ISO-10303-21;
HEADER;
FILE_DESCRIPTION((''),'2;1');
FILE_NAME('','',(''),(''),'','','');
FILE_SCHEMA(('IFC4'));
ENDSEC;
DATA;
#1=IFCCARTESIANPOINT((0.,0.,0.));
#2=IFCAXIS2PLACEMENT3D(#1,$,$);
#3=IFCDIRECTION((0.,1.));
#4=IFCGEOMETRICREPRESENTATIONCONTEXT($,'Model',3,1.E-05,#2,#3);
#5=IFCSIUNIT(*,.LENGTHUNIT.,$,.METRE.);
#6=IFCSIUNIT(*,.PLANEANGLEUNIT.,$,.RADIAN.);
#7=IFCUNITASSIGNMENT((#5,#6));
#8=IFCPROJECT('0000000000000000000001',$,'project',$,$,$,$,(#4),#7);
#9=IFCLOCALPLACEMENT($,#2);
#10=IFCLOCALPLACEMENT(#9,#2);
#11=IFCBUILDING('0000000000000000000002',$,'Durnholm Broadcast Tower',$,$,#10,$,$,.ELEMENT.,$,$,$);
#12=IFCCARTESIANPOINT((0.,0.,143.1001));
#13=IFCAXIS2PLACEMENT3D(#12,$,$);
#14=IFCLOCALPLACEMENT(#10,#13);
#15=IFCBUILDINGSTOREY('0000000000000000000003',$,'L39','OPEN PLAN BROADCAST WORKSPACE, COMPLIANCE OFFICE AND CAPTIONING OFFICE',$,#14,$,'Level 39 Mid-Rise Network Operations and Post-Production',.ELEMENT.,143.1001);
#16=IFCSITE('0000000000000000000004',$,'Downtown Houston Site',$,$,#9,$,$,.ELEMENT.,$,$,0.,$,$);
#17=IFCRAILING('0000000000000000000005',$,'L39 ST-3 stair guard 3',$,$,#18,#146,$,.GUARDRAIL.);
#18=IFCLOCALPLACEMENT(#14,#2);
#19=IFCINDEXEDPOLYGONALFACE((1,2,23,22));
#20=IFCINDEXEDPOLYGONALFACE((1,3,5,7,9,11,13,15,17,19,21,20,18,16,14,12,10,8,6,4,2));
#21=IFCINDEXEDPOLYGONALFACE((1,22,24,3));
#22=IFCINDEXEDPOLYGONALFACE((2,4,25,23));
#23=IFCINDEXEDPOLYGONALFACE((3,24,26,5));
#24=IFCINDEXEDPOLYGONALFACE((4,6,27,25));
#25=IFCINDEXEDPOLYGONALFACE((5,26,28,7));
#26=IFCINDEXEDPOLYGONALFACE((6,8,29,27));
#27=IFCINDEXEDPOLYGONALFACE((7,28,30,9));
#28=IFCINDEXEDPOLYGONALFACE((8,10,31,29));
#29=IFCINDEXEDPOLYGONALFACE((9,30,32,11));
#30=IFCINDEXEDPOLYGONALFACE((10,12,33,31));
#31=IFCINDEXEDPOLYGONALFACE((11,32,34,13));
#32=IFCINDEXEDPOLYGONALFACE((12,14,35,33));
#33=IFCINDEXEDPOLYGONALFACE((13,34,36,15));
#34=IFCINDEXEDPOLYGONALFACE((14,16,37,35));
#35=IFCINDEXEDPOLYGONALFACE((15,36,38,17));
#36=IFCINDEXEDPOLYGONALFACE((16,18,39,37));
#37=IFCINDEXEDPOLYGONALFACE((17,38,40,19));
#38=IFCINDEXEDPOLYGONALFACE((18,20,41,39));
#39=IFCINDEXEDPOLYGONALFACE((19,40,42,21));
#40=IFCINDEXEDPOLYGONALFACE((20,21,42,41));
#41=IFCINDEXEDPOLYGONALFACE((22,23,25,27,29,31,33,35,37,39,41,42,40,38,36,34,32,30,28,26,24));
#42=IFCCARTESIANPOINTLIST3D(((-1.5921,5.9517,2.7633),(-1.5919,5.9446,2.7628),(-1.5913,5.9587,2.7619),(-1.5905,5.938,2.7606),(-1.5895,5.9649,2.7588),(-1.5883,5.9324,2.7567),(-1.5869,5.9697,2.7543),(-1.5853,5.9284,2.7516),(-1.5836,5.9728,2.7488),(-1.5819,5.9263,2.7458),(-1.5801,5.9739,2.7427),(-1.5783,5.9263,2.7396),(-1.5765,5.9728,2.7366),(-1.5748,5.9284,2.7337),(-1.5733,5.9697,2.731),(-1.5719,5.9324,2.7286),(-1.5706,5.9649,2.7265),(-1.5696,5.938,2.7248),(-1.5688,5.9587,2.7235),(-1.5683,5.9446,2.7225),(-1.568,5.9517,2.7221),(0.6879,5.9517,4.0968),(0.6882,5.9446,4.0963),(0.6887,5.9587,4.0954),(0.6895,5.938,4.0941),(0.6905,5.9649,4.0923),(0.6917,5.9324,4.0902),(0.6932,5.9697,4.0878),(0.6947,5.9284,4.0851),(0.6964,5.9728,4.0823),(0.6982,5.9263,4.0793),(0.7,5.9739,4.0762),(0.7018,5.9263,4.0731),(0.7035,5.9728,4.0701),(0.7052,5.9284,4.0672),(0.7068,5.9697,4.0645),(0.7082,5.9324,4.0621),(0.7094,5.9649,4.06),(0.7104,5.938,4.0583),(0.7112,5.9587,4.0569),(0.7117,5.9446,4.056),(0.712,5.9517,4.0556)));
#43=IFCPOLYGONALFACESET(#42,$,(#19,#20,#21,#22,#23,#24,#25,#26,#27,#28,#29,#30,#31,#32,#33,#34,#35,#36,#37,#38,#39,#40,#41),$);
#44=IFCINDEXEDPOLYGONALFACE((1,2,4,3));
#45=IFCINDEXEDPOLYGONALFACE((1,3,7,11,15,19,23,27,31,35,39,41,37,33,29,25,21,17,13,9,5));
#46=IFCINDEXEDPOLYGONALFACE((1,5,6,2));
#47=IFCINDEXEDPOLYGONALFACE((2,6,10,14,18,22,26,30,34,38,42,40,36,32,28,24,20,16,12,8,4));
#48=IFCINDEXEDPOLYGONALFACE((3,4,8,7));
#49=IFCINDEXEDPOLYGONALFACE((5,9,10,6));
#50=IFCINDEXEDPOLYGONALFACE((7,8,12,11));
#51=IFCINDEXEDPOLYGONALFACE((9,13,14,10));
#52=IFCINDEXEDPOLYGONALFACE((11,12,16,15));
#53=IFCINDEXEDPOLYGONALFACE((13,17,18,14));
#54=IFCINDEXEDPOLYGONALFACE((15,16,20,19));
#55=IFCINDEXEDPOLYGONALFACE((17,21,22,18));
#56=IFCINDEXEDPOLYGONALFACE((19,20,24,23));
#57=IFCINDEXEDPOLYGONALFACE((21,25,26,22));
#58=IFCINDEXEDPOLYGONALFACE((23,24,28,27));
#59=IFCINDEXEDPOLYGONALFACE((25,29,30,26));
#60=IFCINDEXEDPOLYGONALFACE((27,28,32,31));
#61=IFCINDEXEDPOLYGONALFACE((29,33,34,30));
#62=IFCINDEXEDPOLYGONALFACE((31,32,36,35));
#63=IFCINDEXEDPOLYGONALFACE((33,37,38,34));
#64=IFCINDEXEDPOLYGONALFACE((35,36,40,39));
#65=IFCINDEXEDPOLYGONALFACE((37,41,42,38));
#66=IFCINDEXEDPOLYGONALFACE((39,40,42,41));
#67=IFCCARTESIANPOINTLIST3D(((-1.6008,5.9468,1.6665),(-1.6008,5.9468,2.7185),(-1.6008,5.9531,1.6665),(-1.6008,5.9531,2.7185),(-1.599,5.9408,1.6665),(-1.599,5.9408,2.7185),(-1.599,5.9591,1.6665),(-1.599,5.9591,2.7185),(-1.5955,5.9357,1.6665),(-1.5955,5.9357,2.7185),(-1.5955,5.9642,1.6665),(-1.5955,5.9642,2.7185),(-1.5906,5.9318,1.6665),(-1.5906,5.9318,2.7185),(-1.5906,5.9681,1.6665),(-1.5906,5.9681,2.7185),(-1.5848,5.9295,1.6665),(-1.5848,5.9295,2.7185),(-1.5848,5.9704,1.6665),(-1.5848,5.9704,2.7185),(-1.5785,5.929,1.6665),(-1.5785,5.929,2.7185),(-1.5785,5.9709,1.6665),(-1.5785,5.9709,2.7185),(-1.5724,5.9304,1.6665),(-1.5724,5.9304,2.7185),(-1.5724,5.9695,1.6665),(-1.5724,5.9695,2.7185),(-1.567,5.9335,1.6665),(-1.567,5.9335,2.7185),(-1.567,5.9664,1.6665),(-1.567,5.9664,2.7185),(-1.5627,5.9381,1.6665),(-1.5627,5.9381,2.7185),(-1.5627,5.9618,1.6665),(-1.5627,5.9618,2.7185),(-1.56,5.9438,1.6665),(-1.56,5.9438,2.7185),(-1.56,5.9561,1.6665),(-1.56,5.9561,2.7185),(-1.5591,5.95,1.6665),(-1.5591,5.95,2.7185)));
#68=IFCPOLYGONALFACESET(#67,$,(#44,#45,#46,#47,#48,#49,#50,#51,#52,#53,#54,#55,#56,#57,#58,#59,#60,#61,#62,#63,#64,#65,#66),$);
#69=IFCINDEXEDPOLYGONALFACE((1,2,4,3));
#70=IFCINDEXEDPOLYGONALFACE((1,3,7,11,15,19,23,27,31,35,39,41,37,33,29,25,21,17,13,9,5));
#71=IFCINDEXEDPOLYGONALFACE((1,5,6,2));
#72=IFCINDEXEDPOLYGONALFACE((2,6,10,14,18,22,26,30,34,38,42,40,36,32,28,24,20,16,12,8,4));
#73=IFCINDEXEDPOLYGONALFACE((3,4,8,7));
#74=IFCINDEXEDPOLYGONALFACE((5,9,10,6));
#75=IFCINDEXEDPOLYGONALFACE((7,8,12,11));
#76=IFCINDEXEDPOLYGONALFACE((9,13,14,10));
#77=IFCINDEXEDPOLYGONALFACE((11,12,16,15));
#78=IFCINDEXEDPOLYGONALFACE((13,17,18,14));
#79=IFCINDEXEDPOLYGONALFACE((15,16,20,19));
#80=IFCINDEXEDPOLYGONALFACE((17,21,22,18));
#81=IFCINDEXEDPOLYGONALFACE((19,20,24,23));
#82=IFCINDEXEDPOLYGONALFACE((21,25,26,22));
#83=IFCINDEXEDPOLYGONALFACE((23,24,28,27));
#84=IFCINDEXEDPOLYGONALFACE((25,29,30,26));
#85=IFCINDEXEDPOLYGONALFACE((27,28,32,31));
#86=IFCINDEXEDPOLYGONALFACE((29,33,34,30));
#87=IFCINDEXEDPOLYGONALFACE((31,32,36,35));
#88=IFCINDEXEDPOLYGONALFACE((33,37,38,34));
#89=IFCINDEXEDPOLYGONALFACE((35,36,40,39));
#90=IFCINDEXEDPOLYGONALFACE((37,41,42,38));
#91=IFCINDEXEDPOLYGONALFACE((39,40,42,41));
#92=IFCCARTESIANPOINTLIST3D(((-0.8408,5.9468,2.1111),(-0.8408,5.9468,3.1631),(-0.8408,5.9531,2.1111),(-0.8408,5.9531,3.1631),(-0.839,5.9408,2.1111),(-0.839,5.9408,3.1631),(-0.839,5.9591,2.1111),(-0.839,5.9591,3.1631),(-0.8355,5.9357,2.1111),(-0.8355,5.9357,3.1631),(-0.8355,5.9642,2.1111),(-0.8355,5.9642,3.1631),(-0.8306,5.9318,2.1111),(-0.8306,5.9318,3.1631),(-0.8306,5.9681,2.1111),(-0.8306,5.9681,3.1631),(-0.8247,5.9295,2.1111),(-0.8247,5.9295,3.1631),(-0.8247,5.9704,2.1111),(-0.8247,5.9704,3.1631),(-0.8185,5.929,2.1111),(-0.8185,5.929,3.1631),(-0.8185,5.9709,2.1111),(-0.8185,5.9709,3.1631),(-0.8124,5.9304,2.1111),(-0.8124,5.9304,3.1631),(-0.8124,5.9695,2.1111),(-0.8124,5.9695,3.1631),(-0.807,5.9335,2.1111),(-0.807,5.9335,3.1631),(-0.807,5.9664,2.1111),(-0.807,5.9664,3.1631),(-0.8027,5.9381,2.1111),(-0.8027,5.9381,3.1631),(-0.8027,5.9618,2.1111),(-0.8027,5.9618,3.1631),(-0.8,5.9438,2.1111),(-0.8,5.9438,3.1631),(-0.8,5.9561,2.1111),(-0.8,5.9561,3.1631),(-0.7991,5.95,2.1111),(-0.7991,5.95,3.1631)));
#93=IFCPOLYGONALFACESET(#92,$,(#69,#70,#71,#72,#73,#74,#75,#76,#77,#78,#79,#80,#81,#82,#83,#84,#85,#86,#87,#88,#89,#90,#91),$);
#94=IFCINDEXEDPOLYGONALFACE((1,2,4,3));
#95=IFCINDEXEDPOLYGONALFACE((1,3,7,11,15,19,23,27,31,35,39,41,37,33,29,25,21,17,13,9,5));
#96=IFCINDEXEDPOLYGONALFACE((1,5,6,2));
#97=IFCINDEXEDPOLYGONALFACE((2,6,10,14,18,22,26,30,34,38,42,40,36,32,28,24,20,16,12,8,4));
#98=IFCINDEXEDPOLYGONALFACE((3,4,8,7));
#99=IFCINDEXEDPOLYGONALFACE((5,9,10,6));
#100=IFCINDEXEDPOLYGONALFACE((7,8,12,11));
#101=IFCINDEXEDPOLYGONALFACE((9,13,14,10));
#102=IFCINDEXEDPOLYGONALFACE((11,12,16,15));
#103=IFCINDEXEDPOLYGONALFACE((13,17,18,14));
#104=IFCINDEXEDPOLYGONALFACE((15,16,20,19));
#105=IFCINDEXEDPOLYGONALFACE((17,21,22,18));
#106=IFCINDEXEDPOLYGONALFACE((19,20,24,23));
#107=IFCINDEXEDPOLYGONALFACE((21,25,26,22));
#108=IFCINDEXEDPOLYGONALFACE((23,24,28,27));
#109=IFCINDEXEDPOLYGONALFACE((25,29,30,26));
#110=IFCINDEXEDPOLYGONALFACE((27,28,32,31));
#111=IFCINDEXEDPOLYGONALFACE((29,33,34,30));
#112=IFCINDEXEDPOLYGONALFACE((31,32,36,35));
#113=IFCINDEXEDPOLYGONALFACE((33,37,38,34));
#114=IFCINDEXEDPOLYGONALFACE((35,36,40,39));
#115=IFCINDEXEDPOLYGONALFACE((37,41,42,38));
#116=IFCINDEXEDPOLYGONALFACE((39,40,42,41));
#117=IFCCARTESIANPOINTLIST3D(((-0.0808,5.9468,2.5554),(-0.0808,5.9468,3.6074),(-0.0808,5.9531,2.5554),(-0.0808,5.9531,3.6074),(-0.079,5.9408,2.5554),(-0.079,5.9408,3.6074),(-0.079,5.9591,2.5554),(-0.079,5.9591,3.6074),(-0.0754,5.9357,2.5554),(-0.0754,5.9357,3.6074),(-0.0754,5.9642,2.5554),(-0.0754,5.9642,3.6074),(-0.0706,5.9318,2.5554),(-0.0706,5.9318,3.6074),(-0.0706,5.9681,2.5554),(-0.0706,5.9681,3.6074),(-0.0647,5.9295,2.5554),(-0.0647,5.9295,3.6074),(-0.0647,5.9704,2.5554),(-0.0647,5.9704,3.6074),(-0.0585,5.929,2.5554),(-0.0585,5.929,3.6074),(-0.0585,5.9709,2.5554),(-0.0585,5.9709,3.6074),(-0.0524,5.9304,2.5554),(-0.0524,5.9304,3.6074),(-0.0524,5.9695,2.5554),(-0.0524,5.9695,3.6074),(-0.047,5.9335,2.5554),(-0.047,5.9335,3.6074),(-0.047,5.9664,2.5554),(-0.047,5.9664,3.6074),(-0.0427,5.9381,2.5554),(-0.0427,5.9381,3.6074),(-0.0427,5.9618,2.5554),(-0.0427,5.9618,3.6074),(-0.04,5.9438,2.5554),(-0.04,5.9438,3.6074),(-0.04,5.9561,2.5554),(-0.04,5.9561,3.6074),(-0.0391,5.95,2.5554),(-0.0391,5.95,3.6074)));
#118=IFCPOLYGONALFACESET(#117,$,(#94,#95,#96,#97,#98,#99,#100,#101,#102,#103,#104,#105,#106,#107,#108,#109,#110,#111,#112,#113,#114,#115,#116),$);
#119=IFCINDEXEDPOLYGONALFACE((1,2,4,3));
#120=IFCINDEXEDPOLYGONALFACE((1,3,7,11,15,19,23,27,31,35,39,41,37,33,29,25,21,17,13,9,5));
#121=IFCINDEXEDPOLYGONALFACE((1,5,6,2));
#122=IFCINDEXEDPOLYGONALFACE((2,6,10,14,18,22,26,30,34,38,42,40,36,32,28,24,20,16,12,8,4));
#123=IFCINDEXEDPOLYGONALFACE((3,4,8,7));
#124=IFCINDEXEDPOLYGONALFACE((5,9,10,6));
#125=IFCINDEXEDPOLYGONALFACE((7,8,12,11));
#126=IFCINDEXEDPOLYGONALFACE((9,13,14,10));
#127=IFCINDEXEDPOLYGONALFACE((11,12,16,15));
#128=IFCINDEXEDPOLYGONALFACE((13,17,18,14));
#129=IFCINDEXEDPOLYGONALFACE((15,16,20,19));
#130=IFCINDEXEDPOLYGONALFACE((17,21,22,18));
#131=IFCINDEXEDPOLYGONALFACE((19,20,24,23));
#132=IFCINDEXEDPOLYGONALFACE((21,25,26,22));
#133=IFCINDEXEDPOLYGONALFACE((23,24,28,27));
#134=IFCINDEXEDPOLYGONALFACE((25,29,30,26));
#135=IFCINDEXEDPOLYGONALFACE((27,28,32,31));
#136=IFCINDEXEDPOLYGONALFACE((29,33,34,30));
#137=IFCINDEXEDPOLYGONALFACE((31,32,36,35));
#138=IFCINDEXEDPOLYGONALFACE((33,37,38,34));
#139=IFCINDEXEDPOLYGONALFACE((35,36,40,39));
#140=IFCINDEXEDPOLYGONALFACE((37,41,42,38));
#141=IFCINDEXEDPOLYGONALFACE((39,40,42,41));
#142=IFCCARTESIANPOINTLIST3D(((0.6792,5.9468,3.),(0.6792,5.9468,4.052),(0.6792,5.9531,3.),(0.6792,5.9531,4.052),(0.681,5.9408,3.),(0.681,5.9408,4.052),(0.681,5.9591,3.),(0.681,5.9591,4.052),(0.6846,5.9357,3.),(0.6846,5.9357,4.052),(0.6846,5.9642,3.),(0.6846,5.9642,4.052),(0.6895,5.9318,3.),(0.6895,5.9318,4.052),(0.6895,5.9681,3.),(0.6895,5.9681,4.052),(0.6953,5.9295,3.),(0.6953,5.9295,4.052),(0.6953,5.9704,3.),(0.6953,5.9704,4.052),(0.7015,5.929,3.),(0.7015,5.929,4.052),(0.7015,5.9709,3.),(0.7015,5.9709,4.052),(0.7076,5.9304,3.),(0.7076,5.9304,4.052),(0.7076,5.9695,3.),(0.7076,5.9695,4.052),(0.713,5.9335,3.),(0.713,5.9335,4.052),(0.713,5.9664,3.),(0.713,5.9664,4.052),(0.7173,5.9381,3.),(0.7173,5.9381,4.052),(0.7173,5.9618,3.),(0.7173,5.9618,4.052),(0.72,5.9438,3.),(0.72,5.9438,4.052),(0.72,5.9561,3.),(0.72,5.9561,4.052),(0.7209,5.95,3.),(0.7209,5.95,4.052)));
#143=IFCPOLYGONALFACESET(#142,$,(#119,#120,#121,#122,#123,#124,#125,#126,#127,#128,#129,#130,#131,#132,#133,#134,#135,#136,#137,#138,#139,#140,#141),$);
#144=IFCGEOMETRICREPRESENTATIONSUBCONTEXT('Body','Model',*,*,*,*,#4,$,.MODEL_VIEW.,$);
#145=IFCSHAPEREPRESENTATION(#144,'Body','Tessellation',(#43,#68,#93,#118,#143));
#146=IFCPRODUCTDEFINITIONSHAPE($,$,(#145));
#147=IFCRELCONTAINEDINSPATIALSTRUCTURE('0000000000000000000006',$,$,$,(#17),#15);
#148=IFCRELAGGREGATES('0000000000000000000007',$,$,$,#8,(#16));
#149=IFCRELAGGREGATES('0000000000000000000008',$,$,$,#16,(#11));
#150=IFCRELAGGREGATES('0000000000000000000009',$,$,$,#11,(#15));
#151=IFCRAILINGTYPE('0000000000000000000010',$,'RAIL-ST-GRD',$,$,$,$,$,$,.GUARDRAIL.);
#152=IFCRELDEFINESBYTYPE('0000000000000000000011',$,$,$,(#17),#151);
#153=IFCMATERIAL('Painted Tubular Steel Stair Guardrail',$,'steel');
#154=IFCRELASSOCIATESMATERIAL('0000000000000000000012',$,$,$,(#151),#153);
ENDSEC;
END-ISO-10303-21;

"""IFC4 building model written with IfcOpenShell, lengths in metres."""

from ifc_helpers import new_model, si_unit, direction, frame, origin, origin_2d, place, context, subcontext, project, spatial, circle, extrude, material, type_object, element, save


model = new_model("IFC4")

# Units and contexts
model_context = context("Model", 3, precision=1e-05, world=origin(), true_north=direction((0.0, 1.0)))
body_context = subcontext(model_context, "Body", "Model", "MODEL_VIEW")
ifc_project = project(units=[si_unit("LENGTHUNIT", "METRE"), si_unit("PLANEANGLEUNIT", "RADIAN")], contexts=[model_context])

# Site, building, storey
site_placement = place(None, origin())
site = spatial("IfcSite", under=ifc_project, at=site_placement, Name="Downtown Houston Site", CompositionType="ELEMENT", RefElevation=0.0)
building_placement = place(site_placement, origin())
building = spatial("IfcBuilding", under=site, at=building_placement, Name="Durnholm Broadcast Tower", CompositionType="ELEMENT")
storey_placement = place(building_placement, frame((0.0, 0.0, 143.1001)))
storey = spatial("IfcBuildingStorey", under=building, at=storey_placement, Name="L39", Description="OPEN PLAN BROADCAST WORKSPACE, COMPLIANCE OFFICE AND CAPTIONING OFFICE", LongName="Level 39 Mid-Rise Network Operations and Post-Production", CompositionType="ELEMENT", Elevation=143.1001)

# Railing
ifc_material_1 = material(Name="Painted Tubular Steel Stair Guardrail", Category="steel")
railing_type_1 = type_object("IfcRailingType", Name="RAIL-ST-GRD", PredefinedType="GUARDRAIL", material=ifc_material_1)
railing_1_placement = place(storey_placement, frame((-1.5801, 5.95, 1.6665)))
element("IfcRailing", 1, at=railing_1_placement, inside=storey, type_object=railing_type_1, Name="L39 ST-3 stair guard 3", PredefinedType="GUARDRAIL", context=body_context, shape_type="SweptSolid", body=[
    extrude(circle(Radius=0.0239, at=origin_2d()), frame((0.0, 0.0, 1.0762), z_axis=(0.863205, 0.0, 0.504853), x_axis=(0.0, 1.0, 0.0)), (0.0, 0.0, 1.0), 2.6414),
    extrude(circle(Radius=0.021, at=origin_2d()), origin(), (0.0, 0.0, 1.0), 1.052),
    extrude(circle(Radius=0.021, at=origin_2d()), frame((0.76, 0.0, 0.4446)), (0.0, 0.0, 1.0), 1.052),
    extrude(circle(Radius=0.021, at=origin_2d()), frame((1.52, 0.0, 0.8889)), (0.0, 0.0, 1.0), 1.052),
    extrude(circle(Radius=0.021, at=origin_2d()), frame((2.28, 0.0, 1.3335)), (0.0, 0.0, 1.0), 1.052),
])

save(model, "model.ifc")
